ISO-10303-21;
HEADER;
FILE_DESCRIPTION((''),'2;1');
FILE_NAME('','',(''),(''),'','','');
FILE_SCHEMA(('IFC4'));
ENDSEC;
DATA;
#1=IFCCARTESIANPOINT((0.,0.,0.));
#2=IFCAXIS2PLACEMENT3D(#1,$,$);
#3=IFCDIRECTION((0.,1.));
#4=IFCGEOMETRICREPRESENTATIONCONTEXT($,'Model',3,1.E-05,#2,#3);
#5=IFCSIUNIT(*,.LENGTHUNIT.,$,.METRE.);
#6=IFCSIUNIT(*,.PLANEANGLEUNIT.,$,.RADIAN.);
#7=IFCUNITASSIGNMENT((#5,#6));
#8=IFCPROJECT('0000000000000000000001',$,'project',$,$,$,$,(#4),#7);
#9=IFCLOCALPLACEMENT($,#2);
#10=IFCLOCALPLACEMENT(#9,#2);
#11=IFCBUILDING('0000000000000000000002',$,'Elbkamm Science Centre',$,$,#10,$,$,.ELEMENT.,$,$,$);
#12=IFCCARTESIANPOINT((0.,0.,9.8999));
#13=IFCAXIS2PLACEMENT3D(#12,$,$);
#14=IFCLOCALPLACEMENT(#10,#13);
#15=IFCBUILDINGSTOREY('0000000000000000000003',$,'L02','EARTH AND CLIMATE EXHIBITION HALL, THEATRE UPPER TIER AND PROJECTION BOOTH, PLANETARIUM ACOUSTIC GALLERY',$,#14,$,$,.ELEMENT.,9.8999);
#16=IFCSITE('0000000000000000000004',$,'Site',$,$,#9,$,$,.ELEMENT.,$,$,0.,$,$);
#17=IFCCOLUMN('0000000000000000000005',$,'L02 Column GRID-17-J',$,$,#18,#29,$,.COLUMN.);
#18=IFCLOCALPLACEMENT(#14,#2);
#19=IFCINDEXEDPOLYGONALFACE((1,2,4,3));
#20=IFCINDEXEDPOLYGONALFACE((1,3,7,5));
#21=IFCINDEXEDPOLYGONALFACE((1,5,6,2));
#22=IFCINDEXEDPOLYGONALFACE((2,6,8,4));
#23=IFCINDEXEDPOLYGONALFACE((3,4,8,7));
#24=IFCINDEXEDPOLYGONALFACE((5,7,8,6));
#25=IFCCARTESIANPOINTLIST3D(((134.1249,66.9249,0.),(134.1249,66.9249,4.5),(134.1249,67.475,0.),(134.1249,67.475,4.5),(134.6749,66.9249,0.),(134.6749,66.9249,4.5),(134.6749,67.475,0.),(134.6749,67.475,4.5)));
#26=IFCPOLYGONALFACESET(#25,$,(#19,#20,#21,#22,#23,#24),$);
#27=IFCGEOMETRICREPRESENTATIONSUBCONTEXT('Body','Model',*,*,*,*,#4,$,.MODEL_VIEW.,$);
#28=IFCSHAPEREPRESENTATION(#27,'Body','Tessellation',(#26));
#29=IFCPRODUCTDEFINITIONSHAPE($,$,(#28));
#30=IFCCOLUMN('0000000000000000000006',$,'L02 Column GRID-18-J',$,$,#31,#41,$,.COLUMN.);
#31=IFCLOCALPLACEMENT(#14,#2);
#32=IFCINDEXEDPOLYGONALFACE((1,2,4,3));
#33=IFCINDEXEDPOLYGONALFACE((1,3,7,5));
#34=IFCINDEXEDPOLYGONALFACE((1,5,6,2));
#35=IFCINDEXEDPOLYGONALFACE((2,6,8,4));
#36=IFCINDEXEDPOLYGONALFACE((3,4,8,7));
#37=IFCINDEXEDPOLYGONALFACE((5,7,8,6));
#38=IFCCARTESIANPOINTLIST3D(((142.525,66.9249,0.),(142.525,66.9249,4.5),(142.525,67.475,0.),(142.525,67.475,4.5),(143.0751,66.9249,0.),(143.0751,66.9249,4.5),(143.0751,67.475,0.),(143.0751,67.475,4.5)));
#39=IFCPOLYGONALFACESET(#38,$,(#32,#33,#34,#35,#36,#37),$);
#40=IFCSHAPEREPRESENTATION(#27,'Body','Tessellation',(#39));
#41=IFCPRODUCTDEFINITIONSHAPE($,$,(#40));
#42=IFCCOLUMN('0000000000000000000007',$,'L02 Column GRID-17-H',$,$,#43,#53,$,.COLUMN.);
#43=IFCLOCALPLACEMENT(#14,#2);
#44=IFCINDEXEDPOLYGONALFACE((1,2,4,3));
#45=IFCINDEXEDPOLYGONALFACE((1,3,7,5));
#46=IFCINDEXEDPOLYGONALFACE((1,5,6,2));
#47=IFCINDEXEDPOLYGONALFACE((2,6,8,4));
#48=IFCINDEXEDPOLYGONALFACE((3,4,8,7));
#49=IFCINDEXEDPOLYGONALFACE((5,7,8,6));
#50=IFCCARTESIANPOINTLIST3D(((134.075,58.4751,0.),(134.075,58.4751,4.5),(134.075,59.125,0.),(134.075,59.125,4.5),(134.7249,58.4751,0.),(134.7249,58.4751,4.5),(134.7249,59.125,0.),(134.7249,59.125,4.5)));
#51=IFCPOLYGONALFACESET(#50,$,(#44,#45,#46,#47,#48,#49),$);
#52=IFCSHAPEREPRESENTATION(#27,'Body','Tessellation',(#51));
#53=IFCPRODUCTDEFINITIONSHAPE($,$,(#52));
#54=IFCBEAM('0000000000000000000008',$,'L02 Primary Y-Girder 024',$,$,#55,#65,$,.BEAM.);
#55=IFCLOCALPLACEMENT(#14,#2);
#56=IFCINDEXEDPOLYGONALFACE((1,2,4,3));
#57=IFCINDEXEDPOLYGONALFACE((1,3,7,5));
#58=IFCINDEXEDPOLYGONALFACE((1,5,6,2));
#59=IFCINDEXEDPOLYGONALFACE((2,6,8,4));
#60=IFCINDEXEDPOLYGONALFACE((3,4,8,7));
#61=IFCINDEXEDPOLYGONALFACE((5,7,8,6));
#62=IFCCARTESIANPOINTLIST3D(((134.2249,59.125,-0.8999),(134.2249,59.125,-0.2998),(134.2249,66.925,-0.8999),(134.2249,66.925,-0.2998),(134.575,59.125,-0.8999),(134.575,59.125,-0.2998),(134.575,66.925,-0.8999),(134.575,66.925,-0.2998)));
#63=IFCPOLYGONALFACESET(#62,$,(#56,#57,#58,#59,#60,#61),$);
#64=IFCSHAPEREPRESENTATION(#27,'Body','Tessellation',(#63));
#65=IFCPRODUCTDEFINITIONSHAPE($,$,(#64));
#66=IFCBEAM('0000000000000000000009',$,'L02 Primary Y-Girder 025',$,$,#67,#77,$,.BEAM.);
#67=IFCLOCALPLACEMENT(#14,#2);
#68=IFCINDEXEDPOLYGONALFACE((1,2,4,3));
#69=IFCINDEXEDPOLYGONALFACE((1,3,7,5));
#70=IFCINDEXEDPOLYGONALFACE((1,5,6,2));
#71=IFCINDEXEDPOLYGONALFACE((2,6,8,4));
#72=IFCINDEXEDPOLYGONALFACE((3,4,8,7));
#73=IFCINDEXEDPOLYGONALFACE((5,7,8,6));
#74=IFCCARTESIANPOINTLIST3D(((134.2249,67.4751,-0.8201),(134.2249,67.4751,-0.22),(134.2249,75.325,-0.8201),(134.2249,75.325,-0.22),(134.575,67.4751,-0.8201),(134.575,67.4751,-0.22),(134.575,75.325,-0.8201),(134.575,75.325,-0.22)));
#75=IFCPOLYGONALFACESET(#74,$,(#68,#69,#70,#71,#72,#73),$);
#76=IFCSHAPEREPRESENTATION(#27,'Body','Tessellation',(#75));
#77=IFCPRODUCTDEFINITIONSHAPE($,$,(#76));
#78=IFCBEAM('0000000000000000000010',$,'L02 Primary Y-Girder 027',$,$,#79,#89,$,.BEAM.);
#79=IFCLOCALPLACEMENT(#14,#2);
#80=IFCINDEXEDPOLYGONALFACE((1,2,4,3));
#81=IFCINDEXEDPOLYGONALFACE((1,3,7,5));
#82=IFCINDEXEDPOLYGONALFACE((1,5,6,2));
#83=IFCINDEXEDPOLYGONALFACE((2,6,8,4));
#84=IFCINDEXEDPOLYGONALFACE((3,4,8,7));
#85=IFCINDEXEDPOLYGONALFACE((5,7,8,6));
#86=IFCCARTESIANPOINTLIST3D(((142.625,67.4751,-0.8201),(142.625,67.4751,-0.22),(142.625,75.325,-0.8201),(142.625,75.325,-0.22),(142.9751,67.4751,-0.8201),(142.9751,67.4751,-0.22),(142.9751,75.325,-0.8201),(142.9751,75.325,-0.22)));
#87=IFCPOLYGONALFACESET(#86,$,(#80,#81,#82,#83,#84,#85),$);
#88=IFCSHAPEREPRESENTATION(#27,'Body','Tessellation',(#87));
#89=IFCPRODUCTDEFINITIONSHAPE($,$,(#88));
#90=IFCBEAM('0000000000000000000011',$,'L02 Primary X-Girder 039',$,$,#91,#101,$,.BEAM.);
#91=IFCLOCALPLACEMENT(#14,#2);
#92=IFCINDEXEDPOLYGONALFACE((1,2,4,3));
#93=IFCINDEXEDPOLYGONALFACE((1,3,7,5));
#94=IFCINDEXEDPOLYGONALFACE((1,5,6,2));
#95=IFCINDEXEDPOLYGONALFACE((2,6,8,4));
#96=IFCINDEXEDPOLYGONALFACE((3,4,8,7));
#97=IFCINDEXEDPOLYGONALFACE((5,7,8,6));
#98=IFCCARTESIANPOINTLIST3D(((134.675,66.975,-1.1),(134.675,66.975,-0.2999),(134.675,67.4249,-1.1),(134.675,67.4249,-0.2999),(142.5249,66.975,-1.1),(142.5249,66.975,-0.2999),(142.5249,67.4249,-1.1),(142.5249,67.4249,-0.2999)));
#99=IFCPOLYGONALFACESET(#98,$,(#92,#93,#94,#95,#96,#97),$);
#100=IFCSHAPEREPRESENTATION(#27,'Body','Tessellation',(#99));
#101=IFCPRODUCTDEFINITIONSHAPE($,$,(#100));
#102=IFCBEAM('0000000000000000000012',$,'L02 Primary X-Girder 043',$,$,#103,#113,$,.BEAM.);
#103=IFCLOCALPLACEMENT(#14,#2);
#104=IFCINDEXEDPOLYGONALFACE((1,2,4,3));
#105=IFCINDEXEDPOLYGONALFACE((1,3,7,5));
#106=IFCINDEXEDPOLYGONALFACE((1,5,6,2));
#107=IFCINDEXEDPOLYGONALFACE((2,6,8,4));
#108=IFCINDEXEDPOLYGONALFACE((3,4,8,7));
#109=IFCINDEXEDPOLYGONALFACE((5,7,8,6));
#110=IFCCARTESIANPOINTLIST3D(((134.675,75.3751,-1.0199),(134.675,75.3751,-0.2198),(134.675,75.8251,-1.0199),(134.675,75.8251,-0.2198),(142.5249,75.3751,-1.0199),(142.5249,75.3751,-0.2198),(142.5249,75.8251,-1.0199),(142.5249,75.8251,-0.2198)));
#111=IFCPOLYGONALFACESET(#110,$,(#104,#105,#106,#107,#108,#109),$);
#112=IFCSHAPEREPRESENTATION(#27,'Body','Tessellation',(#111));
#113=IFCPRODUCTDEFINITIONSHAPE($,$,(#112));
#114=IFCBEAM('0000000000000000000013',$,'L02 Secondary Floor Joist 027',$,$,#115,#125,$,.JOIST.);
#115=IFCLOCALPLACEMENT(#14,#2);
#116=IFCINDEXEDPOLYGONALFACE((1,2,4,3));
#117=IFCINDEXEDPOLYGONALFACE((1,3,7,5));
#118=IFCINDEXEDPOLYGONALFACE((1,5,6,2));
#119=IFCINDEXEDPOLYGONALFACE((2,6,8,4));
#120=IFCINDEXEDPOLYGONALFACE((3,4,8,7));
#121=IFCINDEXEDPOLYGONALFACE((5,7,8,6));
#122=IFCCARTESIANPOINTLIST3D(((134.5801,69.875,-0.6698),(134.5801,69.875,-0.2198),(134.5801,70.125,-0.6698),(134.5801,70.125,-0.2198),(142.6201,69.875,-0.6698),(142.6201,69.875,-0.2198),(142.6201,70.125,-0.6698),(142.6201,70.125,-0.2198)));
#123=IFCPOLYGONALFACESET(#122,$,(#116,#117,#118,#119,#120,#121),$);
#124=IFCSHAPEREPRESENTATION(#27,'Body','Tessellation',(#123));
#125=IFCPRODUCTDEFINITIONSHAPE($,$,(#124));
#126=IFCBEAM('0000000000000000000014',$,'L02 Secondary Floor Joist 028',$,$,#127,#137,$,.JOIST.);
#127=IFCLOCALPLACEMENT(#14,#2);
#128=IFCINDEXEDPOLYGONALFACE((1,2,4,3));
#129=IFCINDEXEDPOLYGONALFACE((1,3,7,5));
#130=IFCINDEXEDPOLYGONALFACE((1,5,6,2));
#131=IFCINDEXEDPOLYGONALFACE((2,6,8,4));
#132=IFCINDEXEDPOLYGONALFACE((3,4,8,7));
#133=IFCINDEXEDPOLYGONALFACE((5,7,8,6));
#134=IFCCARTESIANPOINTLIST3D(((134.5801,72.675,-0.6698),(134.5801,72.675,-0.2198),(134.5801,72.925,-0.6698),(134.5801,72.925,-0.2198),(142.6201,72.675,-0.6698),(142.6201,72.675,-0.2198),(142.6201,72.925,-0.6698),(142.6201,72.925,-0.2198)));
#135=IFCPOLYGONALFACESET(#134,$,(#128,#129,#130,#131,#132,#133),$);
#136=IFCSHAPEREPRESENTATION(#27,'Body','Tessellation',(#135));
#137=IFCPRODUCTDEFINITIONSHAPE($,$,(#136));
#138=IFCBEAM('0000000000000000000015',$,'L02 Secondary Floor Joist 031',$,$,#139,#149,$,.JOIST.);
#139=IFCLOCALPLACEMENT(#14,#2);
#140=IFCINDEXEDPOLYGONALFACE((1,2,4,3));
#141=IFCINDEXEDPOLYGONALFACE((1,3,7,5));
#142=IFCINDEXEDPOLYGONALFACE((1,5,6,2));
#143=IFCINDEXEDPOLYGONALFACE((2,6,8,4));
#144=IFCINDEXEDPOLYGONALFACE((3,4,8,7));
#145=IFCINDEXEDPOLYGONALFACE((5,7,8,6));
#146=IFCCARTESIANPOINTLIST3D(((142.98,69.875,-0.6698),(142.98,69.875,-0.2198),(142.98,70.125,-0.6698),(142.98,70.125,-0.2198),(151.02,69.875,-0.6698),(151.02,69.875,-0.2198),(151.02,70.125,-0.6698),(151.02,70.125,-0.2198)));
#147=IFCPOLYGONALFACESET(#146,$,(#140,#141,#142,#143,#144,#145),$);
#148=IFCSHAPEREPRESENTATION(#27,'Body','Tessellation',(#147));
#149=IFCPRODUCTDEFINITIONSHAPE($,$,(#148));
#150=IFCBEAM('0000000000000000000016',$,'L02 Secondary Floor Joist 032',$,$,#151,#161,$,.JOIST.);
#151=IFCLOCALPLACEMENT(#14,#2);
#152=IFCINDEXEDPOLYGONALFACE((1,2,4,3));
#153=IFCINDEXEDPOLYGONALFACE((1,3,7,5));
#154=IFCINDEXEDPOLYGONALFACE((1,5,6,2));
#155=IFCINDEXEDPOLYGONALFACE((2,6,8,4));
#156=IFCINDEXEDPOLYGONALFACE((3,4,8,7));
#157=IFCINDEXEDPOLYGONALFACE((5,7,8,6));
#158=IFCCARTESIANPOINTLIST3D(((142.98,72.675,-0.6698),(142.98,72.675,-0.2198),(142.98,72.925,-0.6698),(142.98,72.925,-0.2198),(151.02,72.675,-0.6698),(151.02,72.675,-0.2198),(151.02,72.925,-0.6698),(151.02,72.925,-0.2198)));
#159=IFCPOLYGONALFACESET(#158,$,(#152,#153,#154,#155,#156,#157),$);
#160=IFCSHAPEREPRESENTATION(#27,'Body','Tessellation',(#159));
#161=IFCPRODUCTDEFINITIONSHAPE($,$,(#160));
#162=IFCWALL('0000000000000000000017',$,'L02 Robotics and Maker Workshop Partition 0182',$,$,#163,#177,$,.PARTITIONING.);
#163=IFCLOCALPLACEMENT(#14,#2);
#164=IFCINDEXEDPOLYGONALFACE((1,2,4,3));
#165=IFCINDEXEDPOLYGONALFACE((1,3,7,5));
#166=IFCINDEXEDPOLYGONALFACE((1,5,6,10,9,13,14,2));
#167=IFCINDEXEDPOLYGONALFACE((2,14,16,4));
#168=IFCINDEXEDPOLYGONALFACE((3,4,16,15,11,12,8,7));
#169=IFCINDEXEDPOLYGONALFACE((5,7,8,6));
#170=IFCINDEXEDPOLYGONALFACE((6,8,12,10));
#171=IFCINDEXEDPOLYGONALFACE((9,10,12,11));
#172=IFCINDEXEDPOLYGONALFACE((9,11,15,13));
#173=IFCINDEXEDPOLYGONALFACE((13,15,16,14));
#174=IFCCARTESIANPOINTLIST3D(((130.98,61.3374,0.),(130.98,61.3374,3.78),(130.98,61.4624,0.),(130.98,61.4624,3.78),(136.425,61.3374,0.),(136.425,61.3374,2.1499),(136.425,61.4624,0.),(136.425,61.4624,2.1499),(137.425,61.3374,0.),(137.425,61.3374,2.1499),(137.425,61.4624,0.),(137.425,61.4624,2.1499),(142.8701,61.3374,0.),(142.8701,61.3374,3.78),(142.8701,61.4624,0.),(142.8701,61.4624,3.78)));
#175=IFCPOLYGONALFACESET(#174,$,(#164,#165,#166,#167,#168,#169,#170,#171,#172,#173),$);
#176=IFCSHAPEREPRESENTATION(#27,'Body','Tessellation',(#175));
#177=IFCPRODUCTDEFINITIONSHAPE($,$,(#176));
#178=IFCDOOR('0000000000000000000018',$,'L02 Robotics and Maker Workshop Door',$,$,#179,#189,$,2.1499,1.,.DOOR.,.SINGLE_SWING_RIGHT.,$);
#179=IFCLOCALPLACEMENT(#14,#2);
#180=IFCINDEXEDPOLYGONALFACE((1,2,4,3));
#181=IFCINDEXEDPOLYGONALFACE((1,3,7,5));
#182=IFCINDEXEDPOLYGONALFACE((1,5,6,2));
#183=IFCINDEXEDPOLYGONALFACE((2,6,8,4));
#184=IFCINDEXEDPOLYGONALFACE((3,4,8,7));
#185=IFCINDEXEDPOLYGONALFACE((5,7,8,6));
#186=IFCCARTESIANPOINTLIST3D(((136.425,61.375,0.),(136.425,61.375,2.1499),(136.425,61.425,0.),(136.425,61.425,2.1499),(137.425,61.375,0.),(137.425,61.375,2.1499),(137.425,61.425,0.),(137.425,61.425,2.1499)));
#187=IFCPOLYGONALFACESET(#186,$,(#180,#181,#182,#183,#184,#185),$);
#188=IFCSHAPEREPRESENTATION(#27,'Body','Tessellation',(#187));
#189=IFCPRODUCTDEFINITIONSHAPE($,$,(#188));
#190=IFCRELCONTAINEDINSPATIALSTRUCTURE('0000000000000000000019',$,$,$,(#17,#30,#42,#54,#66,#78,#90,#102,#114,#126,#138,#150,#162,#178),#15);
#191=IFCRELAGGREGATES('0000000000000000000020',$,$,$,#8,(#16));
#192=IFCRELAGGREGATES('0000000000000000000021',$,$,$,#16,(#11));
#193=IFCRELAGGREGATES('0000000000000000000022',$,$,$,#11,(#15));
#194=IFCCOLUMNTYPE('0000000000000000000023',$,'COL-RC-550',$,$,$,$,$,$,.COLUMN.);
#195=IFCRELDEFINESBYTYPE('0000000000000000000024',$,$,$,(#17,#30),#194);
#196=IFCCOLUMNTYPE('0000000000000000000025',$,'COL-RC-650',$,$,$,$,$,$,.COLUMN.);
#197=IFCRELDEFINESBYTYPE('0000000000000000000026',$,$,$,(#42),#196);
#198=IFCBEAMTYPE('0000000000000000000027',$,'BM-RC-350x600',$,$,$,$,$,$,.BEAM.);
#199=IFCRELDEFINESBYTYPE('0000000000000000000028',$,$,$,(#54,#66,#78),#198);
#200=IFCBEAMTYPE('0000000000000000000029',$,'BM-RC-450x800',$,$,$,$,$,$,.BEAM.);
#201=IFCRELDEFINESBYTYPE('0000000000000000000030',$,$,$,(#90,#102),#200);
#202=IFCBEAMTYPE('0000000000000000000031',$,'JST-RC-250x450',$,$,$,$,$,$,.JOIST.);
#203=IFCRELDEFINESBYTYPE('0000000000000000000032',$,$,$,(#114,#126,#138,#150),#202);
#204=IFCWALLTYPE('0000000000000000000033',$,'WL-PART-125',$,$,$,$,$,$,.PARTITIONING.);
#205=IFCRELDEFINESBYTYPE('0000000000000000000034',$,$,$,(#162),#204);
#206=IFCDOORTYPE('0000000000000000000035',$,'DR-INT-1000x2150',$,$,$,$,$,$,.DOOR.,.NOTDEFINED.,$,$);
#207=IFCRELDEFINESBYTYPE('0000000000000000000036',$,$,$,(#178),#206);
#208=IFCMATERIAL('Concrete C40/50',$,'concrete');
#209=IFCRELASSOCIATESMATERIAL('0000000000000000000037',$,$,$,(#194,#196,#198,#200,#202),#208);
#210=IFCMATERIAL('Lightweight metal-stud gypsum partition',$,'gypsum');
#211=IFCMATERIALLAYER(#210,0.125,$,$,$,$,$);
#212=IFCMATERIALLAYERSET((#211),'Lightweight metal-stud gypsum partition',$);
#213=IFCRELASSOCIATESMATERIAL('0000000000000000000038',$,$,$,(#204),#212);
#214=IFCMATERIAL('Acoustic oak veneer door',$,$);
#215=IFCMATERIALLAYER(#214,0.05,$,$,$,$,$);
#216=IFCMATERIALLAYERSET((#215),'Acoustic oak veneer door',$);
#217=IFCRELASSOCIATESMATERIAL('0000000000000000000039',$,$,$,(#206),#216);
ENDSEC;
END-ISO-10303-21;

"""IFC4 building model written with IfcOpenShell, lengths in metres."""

from ifc_helpers import new_model, si_unit, direction, frame, frame_2d, origin, origin_2d, place, context, subcontext, project, spatial, rectangle, extrude, material, layer, layer_set, material_profile, profile_set, type_object, element, fill, save


model = new_model("IFC4")

# Units and contexts
model_context = context("Model", 3, precision=1e-05, world=origin(), true_north=direction((0.0, 1.0)))
body_context = subcontext(model_context, "Body", "Model", "MODEL_VIEW")
ifc_project = project(units=[si_unit("LENGTHUNIT", "METRE"), si_unit("PLANEANGLEUNIT", "RADIAN")], contexts=[model_context])

# Site, building, storey
site_placement = place(None, origin())
site = spatial("IfcSite", under=ifc_project, at=site_placement, Name="Site", CompositionType="ELEMENT", RefElevation=0.0)
building_placement = place(site_placement, origin())
building = spatial("IfcBuilding", under=site, at=building_placement, Name="Elbkamm Science Centre", CompositionType="ELEMENT")
storey_placement = place(building_placement, frame((0.0, 0.0, 9.8999)))
storey = spatial("IfcBuildingStorey", under=building, at=storey_placement, Name="L02", Description="EARTH AND CLIMATE EXHIBITION HALL, THEATRE UPPER TIER AND PROJECTION BOOTH, PLANETARIUM ACOUSTIC GALLERY", CompositionType="ELEMENT", Elevation=9.8999)

# Columns
ifc_material_1 = material(Name="Concrete C40/50", Category="concrete")
ifc_material_profile_1 = material_profile(ifc_material_1, rectangle(XDim=0.55, YDim=0.55, at=origin_2d()), Name="RC 550x550")
ifc_profile_set_1 = profile_set([ifc_material_profile_1], Name="Concrete C40/50")
column_type_1 = type_object("IfcColumnType", Name="COL-RC-550", PredefinedType="COLUMN", material=ifc_profile_set_1)
for number, where, z_axis, x_axis, name in (
    (1, (134.3999, 67.2, 0.0), (0.0, 0.0, 1.0), (1.0, 0.0, 0.0), "L02 Column GRID-17-J"),
    (2, (142.8, 67.2, 0.0), (0.0, 0.0, 1.0), (1.0, 0.0, 0.0), "L02 Column GRID-18-J"),
):
    element("IfcColumn", number, at=place(storey_placement, frame(where, z_axis=z_axis, x_axis=x_axis)), inside=storey, type_object=column_type_1, Name=name, PredefinedType="COLUMN", context=body_context, shape_type="SweptSolid", body=[
        extrude(rectangle(XDim=0.55, YDim=0.55, at=origin_2d()), origin(), (0.0, 0.0, 1.0), 4.5),
    ])
ifc_material_profile_2 = material_profile(ifc_material_1, rectangle(XDim=0.6499, YDim=0.6499, at=origin_2d()), Name="RC 650x650")
ifc_profile_set_2 = profile_set([ifc_material_profile_2], Name="Concrete C40/50")
column_type_2 = type_object("IfcColumnType", Name="COL-RC-650", PredefinedType="COLUMN", material=ifc_profile_set_2)
column_placement = place(storey_placement, frame((134.3999, 58.8, 0.0), z_axis=(0.0, 0.0, 1.0), x_axis=(1.0, 0.0, 0.0)))
element("IfcColumn", 3, at=column_placement, inside=storey, type_object=column_type_2, Name="L02 Column GRID-17-H", PredefinedType="COLUMN", context=body_context, shape_type="SweptSolid", body=[
    extrude(rectangle(XDim=0.6499, YDim=0.6499, at=origin_2d()), origin(), (0.0, 0.0, 1.0), 4.5),
])

# Beams
ifc_material_profile_3 = material_profile(ifc_material_1, rectangle(XDim=0.3501, YDim=0.6001, at=origin_2d()), Name="RC 350x600")
ifc_profile_set_3 = profile_set([ifc_material_profile_3], Name="Concrete C40/50")
beam_type_1 = type_object("IfcBeamType", Name="BM-RC-350x600", PredefinedType="BEAM", material=ifc_profile_set_3)
beam_placement = place(storey_placement, frame((134.3999, 59.125, -0.5999), z_axis=(0.0, 1.0, 0.0), x_axis=(-1.0, 0.0, 0.0)))
element("IfcBeam", 4, at=beam_placement, inside=storey, type_object=beam_type_1, Name="L02 Primary Y-Girder 024", PredefinedType="BEAM", context=body_context, shape_type="SweptSolid", body=[
    extrude(rectangle(XDim=0.3501, YDim=0.6001, at=origin_2d()), origin(), (0.0, 0.0, 1.0), 7.8),
])
for number, where, z_axis, x_axis, name in (
    (5, (134.3999, 67.4751, -0.52), (0.0, 1.0, 0.0), (-1.0, 0.0, 0.0), "L02 Primary Y-Girder 025"),
    (6, (142.8, 67.4751, -0.52), (0.0, 1.0, 0.0), (-1.0, 0.0, 0.0), "L02 Primary Y-Girder 027"),
):
    element("IfcBeam", number, at=place(storey_placement, frame(where, z_axis=z_axis, x_axis=x_axis)), inside=storey, type_object=beam_type_1, Name=name, PredefinedType="BEAM", context=body_context, shape_type="SweptSolid", body=[
        extrude(rectangle(XDim=0.3501, YDim=0.6001, at=origin_2d()), origin(), (0.0, 0.0, 1.0), 7.8499),
    ])
ifc_material_profile_4 = material_profile(ifc_material_1, rectangle(XDim=0.45, YDim=0.8, at=origin_2d()), Name="RC 450x800")
ifc_profile_set_4 = profile_set([ifc_material_profile_4], Name="Concrete C40/50")
beam_type_2 = type_object("IfcBeamType", Name="BM-RC-450x800", PredefinedType="BEAM", material=ifc_profile_set_4)
for number, where, z_axis, x_axis, name in (
    (7, (134.675, 67.2, -0.7), (1.0, 0.0, 0.0), (0.0, 1.0, 0.0), "L02 Primary X-Girder 039"),
    (8, (134.675, 75.6001, -0.6199), (1.0, 0.0, 0.0), (0.0, 1.0, 0.0), "L02 Primary X-Girder 043"),
):
    element("IfcBeam", number, at=place(storey_placement, frame(where, z_axis=z_axis, x_axis=x_axis)), inside=storey, type_object=beam_type_2, Name=name, PredefinedType="BEAM", context=body_context, shape_type="SweptSolid", body=[
        extrude(rectangle(XDim=0.45, YDim=0.8, at=origin_2d()), origin(), (0.0, 0.0, 1.0), 7.8499),
    ])
ifc_material_profile_5 = material_profile(ifc_material_1, rectangle(XDim=0.25, YDim=0.45, at=origin_2d()), Name="RC 250x450")
ifc_profile_set_5 = profile_set([ifc_material_profile_5], Name="Concrete C40/50")
beam_type_3 = type_object("IfcBeamType", Name="JST-RC-250x450", PredefinedType="JOIST", material=ifc_profile_set_5)
for number, where, z_axis, x_axis, name in (
    (9, (134.5801, 70.0, -0.4448), (1.0, 0.0, 0.0), (0.0, 1.0, 0.0), "L02 Secondary Floor Joist 027"),
    (10, (134.5801, 72.8, -0.4448), (1.0, 0.0, 0.0), (0.0, 1.0, 0.0), "L02 Secondary Floor Joist 028"),
    (11, (142.98, 70.0, -0.4448), (1.0, 0.0, 0.0), (0.0, 1.0, 0.0), "L02 Secondary Floor Joist 031"),
    (12, (142.98, 72.8, -0.4448), (1.0, 0.0, 0.0), (0.0, 1.0, 0.0), "L02 Secondary Floor Joist 032"),
):
    element("IfcBeam", number, at=place(storey_placement, frame(where, z_axis=z_axis, x_axis=x_axis)), inside=storey, type_object=beam_type_3, Name=name, PredefinedType="JOIST", context=body_context, shape_type="SweptSolid", body=[
        extrude(rectangle(XDim=0.25, YDim=0.45, at=origin_2d()), origin(), (0.0, 0.0, 1.0), 8.04),
    ])

# Wall, opening, door
ifc_material_2 = material(Name="Lightweight metal-stud gypsum partition", Category="gypsum")
ifc_layer_1 = layer(ifc_material_2, 0.125)
ifc_layer_set_1 = layer_set([ifc_layer_1], Name="Lightweight metal-stud gypsum partition")
wall_type_1 = type_object("IfcWallType", Name="WL-PART-125", PredefinedType="PARTITIONING", material=ifc_layer_set_1)
wall_1_placement = place(storey_placement, frame((142.8701, 61.3999, 0.0), z_axis=(0.0, 0.0, 1.0), x_axis=(-1.0, 0.0, 0.0)))
wall_1 = element("IfcWall", 13, at=wall_1_placement, inside=storey, type_object=wall_type_1, Name="L02 Robotics and Maker Workshop Partition 0182", PredefinedType="PARTITIONING", context=body_context, shape_type="SweptSolid", body=[
    extrude(rectangle(XDim=11.8901, YDim=0.125, at=frame_2d((5.9451, 0.0))), origin(), (0.0, 0.0, 1.0), 3.78),
])
opening_1_placement = place(wall_1_placement, frame((5.4451, 0.0, 0.0)))
opening_1 = element("IfcOpeningElement", 14, at=opening_1_placement, cuts=wall_1, PredefinedType="OPENING", context=body_context, shape_type="SweptSolid", body=[
    extrude(rectangle(XDim=1.0, YDim=2.1499, at=frame_2d((0.5, 1.075))), frame((0.0, 0.0745, 0.0), z_axis=(0.0, -1.0, 0.0), x_axis=(1.0, 0.0, 0.0)), (0.0, 0.0, 1.0), 0.1489),
])
ifc_material_3 = material(Name="Acoustic oak veneer door")
ifc_layer_2 = layer(ifc_material_3, 0.05)
ifc_layer_set_2 = layer_set([ifc_layer_2], Name="Acoustic oak veneer door")
door_type_1 = type_object("IfcDoorType", Name="DR-INT-1000x2150", OperationType="NOTDEFINED", PredefinedType="DOOR", material=ifc_layer_set_2)
door_1_placement = place(opening_1_placement, origin())
door_1 = element("IfcDoor", 15, at=door_1_placement, inside=storey, type_object=door_type_1, Name="L02 Robotics and Maker Workshop Door", OperationType="SINGLE_SWING_RIGHT", OverallHeight=2.1499, OverallWidth=1.0, PredefinedType="DOOR", context=body_context, shape_type="SweptSolid", body=[
    extrude(rectangle(XDim=1.0, YDim=2.1499, at=frame_2d((0.5, 1.075))), frame((0.0, 0.0249, 0.0), z_axis=(0.0, -1.0, 0.0), x_axis=(1.0, 0.0, 0.0)), (0.0, 0.0, 1.0), 0.05),
])
fill(opening_1, door_1)

save(model, "model.ifc")
